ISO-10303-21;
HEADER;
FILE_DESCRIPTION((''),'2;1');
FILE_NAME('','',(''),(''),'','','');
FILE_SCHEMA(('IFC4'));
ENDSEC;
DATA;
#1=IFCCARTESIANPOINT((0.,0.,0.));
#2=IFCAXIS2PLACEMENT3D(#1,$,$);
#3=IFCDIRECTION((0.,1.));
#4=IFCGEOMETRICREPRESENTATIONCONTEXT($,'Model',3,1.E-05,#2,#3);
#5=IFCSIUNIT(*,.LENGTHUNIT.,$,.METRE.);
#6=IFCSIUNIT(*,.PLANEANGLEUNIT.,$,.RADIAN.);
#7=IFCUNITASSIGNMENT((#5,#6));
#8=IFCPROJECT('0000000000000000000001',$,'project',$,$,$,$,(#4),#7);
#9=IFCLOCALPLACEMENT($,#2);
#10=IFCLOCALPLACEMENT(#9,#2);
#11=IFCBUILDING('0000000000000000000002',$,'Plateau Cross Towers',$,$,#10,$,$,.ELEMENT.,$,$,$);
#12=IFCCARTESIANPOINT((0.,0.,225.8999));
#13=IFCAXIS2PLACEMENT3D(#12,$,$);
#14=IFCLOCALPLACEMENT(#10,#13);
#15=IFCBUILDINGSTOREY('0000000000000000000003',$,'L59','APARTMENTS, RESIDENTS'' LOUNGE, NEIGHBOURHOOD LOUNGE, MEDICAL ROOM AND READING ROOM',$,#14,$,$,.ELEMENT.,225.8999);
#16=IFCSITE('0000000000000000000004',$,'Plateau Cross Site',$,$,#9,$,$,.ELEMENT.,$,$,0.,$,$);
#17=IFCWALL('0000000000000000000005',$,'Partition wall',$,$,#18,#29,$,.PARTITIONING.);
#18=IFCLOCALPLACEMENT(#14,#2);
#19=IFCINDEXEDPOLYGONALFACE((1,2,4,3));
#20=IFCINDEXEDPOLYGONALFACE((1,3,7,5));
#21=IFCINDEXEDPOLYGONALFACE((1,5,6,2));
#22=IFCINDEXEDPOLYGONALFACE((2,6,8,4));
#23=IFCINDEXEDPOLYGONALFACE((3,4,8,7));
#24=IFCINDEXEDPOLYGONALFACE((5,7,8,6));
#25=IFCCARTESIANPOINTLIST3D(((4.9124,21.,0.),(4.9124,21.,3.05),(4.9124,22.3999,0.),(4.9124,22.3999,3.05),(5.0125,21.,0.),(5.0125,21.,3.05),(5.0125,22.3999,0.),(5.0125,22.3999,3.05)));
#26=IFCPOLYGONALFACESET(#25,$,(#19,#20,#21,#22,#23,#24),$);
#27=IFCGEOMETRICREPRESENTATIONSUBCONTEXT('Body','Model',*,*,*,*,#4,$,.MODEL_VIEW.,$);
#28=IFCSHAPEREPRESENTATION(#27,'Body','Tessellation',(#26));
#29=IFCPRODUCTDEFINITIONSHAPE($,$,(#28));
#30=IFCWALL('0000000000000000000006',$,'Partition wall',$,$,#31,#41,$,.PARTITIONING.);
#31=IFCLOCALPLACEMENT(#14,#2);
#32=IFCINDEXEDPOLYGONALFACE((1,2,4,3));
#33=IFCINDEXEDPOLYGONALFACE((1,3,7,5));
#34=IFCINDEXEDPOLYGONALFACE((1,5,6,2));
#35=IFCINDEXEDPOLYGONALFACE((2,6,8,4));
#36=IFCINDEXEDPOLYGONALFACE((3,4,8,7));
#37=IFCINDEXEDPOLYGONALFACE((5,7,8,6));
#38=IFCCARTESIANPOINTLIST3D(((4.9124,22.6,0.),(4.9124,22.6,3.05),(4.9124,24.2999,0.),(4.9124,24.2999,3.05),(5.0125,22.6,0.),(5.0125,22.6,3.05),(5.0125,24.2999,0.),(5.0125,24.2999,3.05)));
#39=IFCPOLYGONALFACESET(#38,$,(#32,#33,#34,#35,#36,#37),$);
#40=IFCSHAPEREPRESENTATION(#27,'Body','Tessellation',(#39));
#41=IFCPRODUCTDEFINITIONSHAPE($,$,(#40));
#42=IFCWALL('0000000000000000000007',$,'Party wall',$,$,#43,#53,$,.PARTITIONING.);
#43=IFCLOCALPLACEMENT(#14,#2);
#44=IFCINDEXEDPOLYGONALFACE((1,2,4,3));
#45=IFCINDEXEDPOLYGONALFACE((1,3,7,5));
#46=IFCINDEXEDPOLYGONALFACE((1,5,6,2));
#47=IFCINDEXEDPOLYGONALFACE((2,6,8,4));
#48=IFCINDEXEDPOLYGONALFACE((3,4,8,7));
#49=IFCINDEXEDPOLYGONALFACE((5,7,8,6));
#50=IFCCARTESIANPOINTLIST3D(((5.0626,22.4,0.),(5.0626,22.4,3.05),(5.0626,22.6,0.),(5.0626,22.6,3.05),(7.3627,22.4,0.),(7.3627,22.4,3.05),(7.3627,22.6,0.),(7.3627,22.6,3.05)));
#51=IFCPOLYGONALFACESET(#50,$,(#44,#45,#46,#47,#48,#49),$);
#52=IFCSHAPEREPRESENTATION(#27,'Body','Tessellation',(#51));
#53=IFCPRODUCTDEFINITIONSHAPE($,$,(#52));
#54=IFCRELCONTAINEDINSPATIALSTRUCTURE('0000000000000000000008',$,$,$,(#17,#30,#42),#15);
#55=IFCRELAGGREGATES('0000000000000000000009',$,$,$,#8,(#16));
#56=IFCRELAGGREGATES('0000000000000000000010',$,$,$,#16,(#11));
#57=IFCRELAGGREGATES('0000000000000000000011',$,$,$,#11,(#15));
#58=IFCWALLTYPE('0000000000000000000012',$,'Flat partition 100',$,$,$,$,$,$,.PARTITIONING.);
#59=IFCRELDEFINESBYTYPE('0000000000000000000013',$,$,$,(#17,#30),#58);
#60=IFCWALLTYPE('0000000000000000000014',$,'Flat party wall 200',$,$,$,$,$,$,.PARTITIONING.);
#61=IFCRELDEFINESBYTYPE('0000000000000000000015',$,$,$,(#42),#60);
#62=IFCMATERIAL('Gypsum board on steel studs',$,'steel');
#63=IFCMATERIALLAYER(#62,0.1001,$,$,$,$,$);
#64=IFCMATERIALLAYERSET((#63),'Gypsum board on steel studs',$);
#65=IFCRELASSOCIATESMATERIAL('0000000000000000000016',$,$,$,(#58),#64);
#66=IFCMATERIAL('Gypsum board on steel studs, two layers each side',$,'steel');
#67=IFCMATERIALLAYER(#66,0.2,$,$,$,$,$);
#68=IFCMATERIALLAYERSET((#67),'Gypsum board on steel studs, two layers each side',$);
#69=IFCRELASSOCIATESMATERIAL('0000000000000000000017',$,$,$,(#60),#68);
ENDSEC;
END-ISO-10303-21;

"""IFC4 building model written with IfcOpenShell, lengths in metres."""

from ifc_helpers import new_model, si_unit, direction, frame, frame_2d, origin, place, context, subcontext, project, spatial, rectangle, extrude, material, layer, layer_set, type_object, element, save


model = new_model("IFC4")

# Units and contexts
model_context = context("Model", 3, precision=1e-05, world=origin(), true_north=direction((0.0, 1.0)))
body_context = subcontext(model_context, "Body", "Model", "MODEL_VIEW")
ifc_project = project(units=[si_unit("LENGTHUNIT", "METRE"), si_unit("PLANEANGLEUNIT", "RADIAN")], contexts=[model_context])

# Site, building, storey
site_placement = place(None, origin())
site = spatial("IfcSite", under=ifc_project, at=site_placement, Name="Plateau Cross Site", CompositionType="ELEMENT", RefElevation=0.0)
building_placement = place(site_placement, origin())
building = spatial("IfcBuilding", under=site, at=building_placement, Name="Plateau Cross Towers", CompositionType="ELEMENT")
storey_placement = place(building_placement, frame((0.0, 0.0, 225.8999)))
storey = spatial("IfcBuildingStorey", under=building, at=storey_placement, Name="L59", Description="APARTMENTS, RESIDENTS' LOUNGE, NEIGHBOURHOOD LOUNGE, MEDICAL ROOM AND READING ROOM", CompositionType="ELEMENT", Elevation=225.8999)

# Shared definitions
ifc_material_1 = material(Name="Gypsum board on steel studs", Category="steel")
ifc_layer_1 = layer(ifc_material_1, 0.1001)
ifc_layer_set_1 = layer_set([ifc_layer_1], Name="Gypsum board on steel studs")
wall_type_1 = type_object("IfcWallType", Name="Flat partition 100", PredefinedType="PARTITIONING", material=ifc_layer_set_1)

# Walls
wall_1_placement = place(storey_placement, frame((4.9624, 22.3999, 0.0), z_axis=(0.0, 0.0, 1.0), x_axis=(0.0, -1.0, 0.0)))
element("IfcWall", 1, at=wall_1_placement, inside=storey, type_object=wall_type_1, Name="Partition wall", PredefinedType="PARTITIONING", context=body_context, shape_type="SweptSolid", body=[
    extrude(rectangle(XDim=1.3999, YDim=0.1001, at=frame_2d((0.7, 0.0))), origin(), (0.0, 0.0, 1.0), 3.05),
])
wall_2_placement = place(storey_placement, frame((4.9624, 24.3, 0.0), z_axis=(0.0, 0.0, 1.0), x_axis=(0.0, -1.0, 0.0)))
element("IfcWall", 2, at=wall_2_placement, inside=storey, type_object=wall_type_1, Name="Partition wall", PredefinedType="PARTITIONING", context=body_context, shape_type="SweptSolid", body=[
    extrude(rectangle(XDim=1.7, YDim=0.1001, at=frame_2d((0.8501, 0.0))), origin(), (0.0, 0.0, 1.0), 3.05),
])
ifc_material_2 = material(Name="Gypsum board on steel studs, two layers each side", Category="steel")
ifc_layer_2 = layer(ifc_material_2, 0.2)
ifc_layer_set_2 = layer_set([ifc_layer_2], Name="Gypsum board on steel studs, two layers each side")
wall_type_2 = type_object("IfcWallType", Name="Flat party wall 200", PredefinedType="PARTITIONING", material=ifc_layer_set_2)
wall_3_placement = place(storey_placement, frame((7.3625, 22.5, 0.0), z_axis=(0.0, 0.0, 1.0), x_axis=(-1.0, 0.0, 0.0)))
element("IfcWall", 3, at=wall_3_placement, inside=storey, type_object=wall_type_2, Name="Party wall", PredefinedType="PARTITIONING", context=body_context, shape_type="SweptSolid", body=[
    extrude(rectangle(XDim=2.3, YDim=0.2, at=frame_2d((1.1499, 0.0))), origin(), (0.0, 0.0, 1.0), 3.05),
])

save(model, "model.ifc")
